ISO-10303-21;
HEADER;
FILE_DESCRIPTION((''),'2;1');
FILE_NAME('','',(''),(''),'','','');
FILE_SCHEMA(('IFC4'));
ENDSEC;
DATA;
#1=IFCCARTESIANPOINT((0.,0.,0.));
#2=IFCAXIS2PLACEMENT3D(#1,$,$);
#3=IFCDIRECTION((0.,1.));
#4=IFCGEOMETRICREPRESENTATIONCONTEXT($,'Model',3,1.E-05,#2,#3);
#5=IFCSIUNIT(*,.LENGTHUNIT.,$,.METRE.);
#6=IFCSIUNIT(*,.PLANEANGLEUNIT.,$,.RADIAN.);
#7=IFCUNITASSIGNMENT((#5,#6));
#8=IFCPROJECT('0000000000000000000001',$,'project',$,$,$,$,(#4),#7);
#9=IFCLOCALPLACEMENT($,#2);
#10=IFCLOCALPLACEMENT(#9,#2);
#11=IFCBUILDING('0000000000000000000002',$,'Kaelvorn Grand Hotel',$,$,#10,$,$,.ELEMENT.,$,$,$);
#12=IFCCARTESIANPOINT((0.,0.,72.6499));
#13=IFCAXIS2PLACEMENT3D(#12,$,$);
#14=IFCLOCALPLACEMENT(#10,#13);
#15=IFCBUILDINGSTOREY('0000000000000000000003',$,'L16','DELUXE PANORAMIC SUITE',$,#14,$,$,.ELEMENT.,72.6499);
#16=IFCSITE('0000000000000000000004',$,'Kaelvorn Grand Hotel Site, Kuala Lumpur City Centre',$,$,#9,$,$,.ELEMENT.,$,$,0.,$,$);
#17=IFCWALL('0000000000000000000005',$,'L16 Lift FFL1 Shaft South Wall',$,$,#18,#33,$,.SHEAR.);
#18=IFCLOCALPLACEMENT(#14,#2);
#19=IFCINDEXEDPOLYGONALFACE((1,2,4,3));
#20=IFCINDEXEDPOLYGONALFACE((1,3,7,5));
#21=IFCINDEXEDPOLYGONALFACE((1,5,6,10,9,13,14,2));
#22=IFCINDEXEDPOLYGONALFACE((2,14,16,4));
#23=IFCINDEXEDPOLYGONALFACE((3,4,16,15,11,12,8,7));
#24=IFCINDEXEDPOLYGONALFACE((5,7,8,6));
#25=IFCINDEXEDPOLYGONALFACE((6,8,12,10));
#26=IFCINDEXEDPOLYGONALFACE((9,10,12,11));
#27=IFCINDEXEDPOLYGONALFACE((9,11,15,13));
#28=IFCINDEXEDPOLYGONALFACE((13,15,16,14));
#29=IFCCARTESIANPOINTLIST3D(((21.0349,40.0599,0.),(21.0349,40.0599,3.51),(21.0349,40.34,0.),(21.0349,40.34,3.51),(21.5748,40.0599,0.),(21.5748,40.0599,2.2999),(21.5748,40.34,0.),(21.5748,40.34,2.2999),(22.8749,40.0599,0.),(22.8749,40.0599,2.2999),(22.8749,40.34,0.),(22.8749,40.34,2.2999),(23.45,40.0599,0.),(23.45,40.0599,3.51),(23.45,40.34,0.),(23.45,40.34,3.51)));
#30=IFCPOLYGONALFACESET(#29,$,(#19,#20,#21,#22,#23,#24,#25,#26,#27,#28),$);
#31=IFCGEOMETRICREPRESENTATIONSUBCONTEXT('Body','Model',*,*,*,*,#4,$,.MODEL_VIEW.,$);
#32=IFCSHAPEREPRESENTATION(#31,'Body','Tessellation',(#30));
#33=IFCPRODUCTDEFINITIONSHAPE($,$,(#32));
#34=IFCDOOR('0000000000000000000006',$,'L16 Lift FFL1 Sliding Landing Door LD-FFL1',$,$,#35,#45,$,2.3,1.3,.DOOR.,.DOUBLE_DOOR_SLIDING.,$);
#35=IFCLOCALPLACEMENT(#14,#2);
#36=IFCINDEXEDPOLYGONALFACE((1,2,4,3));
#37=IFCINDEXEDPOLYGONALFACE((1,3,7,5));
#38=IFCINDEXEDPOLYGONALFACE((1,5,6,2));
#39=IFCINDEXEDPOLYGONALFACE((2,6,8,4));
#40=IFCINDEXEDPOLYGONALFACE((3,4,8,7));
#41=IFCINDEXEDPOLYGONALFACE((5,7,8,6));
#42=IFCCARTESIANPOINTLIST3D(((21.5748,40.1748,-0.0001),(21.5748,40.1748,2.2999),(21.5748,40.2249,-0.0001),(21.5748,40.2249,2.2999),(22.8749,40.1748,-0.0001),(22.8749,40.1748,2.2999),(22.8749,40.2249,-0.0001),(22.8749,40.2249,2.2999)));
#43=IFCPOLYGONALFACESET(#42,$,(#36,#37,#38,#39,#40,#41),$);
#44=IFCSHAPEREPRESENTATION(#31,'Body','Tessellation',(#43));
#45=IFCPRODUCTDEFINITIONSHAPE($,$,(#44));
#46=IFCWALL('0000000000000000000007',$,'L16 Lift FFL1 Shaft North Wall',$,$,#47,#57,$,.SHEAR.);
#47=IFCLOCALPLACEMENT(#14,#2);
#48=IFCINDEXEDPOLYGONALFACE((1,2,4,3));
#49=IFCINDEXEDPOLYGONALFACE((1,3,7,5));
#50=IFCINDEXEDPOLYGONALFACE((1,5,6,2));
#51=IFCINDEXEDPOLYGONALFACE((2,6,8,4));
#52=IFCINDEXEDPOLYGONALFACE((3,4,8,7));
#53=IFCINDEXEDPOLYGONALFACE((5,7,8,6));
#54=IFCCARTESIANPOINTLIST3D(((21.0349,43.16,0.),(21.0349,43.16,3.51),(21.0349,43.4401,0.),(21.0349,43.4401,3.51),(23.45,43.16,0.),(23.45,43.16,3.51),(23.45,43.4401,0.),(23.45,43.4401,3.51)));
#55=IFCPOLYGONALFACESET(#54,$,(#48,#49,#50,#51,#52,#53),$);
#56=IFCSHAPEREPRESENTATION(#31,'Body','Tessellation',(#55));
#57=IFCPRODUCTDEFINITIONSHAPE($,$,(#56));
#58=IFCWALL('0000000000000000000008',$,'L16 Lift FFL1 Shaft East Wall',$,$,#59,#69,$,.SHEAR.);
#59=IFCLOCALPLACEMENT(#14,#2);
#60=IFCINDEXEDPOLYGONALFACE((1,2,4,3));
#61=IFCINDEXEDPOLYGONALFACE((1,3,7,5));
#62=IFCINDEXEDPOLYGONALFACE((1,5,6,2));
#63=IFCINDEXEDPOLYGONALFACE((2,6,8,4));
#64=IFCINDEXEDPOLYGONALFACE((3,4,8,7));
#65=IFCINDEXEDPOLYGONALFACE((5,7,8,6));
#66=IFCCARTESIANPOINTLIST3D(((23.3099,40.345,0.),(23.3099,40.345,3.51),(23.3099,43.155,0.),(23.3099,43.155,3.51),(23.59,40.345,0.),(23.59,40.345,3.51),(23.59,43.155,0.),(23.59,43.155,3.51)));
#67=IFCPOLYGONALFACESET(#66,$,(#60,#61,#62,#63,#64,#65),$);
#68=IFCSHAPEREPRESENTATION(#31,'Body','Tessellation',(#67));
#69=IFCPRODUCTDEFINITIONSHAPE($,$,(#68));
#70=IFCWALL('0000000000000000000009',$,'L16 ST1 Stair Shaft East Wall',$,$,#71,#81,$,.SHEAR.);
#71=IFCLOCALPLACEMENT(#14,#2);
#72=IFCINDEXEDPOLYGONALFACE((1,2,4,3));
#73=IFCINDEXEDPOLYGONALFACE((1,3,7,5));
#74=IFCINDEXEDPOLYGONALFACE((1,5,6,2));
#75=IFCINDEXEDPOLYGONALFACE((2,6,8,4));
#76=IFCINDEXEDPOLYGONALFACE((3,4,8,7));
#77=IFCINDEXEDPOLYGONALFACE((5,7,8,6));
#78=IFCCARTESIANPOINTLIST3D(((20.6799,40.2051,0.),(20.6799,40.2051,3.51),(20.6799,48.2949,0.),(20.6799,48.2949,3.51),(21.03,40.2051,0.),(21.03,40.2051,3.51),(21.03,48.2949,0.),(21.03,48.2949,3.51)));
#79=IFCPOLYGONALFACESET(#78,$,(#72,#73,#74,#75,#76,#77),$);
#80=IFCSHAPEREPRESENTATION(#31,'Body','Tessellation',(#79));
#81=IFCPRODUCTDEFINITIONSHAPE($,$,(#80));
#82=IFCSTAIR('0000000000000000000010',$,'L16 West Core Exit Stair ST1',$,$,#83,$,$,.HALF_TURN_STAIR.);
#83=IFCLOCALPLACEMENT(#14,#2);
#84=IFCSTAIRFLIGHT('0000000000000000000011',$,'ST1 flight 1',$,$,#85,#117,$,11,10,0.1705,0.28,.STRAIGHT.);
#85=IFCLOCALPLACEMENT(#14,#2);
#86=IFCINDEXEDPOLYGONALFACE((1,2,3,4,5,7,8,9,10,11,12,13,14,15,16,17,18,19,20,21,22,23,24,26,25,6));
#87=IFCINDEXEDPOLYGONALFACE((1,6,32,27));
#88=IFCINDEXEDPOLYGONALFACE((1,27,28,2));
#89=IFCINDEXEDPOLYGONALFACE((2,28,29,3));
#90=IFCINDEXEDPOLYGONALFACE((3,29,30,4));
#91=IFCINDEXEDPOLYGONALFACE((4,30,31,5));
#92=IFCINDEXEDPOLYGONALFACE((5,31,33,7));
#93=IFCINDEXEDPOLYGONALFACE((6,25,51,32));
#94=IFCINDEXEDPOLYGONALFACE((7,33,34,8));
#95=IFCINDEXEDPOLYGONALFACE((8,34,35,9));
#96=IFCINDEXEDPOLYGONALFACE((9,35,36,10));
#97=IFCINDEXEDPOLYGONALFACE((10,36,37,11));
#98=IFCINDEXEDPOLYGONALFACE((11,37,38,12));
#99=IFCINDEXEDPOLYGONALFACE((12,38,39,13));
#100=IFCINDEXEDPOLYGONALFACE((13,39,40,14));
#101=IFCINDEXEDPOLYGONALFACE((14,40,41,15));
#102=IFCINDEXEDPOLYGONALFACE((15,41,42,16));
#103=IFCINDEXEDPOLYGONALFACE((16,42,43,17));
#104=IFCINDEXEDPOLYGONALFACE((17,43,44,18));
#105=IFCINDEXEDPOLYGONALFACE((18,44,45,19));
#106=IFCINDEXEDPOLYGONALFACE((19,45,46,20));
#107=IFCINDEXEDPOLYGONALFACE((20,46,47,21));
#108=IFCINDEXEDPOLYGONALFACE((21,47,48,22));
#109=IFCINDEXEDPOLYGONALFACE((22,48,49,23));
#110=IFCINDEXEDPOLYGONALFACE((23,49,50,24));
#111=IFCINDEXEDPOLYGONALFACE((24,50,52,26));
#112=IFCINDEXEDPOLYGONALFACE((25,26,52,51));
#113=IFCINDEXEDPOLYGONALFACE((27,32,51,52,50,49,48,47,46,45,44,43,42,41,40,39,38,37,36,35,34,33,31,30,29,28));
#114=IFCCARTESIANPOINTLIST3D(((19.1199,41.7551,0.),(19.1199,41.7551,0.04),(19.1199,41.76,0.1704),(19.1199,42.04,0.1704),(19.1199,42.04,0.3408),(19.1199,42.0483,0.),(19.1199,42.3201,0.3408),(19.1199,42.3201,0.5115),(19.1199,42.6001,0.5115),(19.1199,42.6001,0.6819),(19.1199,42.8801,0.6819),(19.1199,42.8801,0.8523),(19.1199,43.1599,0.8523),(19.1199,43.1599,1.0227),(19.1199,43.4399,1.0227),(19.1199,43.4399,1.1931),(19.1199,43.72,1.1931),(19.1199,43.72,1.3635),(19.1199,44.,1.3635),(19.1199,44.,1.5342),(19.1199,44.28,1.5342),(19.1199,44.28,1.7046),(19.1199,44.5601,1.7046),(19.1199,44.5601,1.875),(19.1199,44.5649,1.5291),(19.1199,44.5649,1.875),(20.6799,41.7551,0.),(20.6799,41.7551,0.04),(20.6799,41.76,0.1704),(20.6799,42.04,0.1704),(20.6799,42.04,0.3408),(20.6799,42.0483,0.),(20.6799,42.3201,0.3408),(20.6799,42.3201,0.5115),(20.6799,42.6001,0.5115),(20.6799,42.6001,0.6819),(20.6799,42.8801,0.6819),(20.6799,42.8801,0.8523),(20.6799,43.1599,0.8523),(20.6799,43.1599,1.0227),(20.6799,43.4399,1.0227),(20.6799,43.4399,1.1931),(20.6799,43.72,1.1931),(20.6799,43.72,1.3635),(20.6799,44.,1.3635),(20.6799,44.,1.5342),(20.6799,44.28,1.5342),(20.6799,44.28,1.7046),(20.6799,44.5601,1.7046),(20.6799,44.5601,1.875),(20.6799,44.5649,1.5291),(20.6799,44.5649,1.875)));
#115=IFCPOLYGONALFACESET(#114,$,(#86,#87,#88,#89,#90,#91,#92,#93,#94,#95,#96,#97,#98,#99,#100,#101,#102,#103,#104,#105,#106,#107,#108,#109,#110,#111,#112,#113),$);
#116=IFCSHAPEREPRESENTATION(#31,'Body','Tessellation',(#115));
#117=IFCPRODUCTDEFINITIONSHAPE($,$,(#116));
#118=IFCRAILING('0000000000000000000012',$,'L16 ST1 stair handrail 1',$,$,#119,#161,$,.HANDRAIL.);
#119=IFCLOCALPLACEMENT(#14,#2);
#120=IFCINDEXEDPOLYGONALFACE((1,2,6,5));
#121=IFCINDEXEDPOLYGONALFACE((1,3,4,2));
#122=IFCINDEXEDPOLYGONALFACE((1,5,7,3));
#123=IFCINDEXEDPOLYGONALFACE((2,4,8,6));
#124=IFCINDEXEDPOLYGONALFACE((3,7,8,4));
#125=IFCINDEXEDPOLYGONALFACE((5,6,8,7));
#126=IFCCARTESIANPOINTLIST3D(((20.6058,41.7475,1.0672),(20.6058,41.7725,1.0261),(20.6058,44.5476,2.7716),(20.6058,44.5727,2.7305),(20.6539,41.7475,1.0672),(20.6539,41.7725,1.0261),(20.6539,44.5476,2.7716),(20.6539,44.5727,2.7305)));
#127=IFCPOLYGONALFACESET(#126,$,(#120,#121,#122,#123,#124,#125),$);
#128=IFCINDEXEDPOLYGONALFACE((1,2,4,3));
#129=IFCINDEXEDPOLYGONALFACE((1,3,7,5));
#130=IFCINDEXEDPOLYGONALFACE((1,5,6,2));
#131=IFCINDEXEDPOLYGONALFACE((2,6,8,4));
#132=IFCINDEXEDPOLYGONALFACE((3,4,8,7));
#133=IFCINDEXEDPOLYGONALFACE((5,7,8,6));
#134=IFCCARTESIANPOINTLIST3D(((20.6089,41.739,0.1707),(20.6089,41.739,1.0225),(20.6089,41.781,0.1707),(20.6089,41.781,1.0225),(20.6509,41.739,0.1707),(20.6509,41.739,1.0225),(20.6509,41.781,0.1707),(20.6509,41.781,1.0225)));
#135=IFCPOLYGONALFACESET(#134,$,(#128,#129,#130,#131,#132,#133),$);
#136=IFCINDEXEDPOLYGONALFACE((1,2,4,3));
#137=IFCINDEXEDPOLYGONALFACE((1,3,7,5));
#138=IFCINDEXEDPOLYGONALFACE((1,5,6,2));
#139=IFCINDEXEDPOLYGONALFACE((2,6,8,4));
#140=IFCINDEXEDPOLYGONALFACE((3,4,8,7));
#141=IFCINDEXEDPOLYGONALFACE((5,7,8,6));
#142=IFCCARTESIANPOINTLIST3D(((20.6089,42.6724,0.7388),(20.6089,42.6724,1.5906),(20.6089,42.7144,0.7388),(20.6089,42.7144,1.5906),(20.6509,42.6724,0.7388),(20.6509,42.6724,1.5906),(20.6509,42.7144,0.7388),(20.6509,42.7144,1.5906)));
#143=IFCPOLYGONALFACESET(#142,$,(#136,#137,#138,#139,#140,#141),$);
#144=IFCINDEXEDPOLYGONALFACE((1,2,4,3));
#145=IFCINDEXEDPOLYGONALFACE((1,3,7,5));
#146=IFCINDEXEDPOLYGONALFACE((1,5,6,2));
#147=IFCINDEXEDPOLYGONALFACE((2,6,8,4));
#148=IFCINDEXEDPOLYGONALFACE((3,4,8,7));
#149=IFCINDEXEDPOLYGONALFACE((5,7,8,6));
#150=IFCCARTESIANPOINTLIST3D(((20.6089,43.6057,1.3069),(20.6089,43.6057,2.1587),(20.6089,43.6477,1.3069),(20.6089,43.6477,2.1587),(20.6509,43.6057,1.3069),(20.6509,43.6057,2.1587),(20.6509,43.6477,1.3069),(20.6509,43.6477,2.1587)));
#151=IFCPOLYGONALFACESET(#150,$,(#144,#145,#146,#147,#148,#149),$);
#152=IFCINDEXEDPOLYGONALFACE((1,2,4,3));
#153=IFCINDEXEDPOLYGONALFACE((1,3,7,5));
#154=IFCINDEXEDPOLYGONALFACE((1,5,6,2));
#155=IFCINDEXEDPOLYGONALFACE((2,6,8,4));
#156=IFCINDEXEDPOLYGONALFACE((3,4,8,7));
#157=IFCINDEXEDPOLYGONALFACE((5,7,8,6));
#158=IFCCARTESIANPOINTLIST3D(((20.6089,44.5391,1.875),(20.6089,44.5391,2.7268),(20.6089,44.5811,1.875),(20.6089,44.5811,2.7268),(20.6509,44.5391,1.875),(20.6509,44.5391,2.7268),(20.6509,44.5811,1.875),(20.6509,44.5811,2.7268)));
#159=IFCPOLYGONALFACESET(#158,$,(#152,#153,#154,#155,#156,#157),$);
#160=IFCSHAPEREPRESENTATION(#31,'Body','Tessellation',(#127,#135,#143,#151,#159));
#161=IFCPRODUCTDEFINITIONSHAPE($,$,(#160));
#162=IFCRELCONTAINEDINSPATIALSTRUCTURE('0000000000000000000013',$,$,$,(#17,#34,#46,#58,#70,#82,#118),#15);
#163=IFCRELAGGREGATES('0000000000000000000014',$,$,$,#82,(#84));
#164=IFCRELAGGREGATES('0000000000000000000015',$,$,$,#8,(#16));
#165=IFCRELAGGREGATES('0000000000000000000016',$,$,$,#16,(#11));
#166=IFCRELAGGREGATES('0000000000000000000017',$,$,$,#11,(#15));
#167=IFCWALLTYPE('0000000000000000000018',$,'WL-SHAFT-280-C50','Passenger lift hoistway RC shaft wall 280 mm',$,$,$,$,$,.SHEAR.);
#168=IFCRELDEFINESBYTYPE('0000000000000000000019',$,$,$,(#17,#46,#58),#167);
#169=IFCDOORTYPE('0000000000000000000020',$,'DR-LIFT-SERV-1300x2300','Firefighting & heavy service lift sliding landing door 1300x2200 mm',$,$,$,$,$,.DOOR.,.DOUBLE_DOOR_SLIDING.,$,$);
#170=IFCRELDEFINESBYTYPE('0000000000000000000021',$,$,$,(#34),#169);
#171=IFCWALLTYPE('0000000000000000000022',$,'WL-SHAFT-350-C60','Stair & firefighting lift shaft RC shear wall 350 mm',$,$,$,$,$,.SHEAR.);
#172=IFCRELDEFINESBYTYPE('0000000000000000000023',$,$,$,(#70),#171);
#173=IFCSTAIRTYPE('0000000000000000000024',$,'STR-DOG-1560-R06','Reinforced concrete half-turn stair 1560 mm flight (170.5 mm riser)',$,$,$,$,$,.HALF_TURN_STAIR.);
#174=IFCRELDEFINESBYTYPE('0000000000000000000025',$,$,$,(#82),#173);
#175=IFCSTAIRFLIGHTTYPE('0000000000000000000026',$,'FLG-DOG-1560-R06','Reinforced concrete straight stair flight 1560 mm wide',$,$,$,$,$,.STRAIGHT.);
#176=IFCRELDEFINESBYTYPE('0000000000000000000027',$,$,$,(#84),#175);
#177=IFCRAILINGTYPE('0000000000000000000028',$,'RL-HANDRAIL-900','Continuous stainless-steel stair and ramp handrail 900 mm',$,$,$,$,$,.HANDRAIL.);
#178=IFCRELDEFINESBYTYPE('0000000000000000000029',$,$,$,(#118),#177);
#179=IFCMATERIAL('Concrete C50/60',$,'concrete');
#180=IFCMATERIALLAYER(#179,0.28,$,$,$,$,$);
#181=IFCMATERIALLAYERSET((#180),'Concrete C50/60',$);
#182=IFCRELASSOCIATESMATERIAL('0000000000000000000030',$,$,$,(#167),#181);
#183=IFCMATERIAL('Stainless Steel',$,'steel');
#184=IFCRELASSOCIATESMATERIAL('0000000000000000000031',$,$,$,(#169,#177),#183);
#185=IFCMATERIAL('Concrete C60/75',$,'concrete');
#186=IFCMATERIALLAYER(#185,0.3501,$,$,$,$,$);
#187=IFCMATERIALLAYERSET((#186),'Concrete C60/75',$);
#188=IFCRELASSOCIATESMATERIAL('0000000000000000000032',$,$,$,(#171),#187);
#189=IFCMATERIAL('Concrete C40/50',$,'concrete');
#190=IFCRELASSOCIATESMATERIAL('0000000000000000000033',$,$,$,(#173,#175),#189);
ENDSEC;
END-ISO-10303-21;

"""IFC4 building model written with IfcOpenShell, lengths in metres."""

from ifc_helpers import new_model, si_unit, direction, frame, frame_2d, origin, origin_2d, place, context, subcontext, project, spatial, polyline, rectangle, outline, extrude, material, layer, layer_set, type_object, element, fill, aggregate, save


model = new_model("IFC4")

# Units and contexts
model_context = context("Model", 3, precision=1e-05, world=origin(), true_north=direction((0.0, 1.0)))
body_context = subcontext(model_context, "Body", "Model", "MODEL_VIEW")
ifc_project = project(units=[si_unit("LENGTHUNIT", "METRE"), si_unit("PLANEANGLEUNIT", "RADIAN")], contexts=[model_context])

# Site, building, storey
site_placement = place(None, origin())
site = spatial("IfcSite", under=ifc_project, at=site_placement, Name="Kaelvorn Grand Hotel Site, Kuala Lumpur City Centre", CompositionType="ELEMENT", RefElevation=0.0)
building_placement = place(site_placement, origin())
building = spatial("IfcBuilding", under=site, at=building_placement, Name="Kaelvorn Grand Hotel", CompositionType="ELEMENT")
storey_placement = place(building_placement, frame((0.0, 0.0, 72.6499)))
storey = spatial("IfcBuildingStorey", under=building, at=storey_placement, Name="L16", Description="DELUXE PANORAMIC SUITE", CompositionType="ELEMENT", Elevation=72.6499)

# Shared definitions
ifc_material_1 = material(Name="Concrete C60/75", Category="concrete")

# Shared definitions
ifc_material_2 = material(Name="Concrete C40/50", Category="concrete")

# Shared definitions
ifc_material_3 = material(Name="Concrete C50/60", Category="concrete")
ifc_layer_1 = layer(ifc_material_3, 0.28)
ifc_layer_set_1 = layer_set([ifc_layer_1], Name="Concrete C50/60")
wall_type_1 = type_object("IfcWallType", Name="WL-SHAFT-280-C50", Description="Passenger lift hoistway RC shaft wall 280 mm", PredefinedType="SHEAR", material=ifc_layer_set_1)
ifc_material_4 = material(Name="Stainless Steel", Category="steel")

# Wall, opening, door
wall_1_placement = place(storey_placement, frame((21.0349, 40.2, 0.0), z_axis=(0.0, 0.0, 1.0), x_axis=(1.0, 0.0, 0.0)))
wall_1 = element("IfcWall", 1, at=wall_1_placement, inside=storey, type_object=wall_type_1, Name="L16 Lift FFL1 Shaft South Wall", PredefinedType="SHEAR", context=body_context, shape_type="SweptSolid", body=[
    extrude(rectangle(XDim=2.415, YDim=0.28, at=frame_2d((1.2075, 0.0))), origin(), (0.0, 0.0, 1.0), 3.51),
])
opening_1_placement = place(wall_1_placement, frame((0.54, 0.0, 0.0)))
opening_1 = element("IfcOpeningElement", 2, at=opening_1_placement, cuts=wall_1, PredefinedType="OPENING", context=body_context, shape_type="SweptSolid", body=[
    extrude(rectangle(XDim=1.3, YDim=2.3, at=frame_2d((0.6499, 1.1499))), frame((0.0, 0.1499, 0.0), z_axis=(0.0, -1.0, 0.0), x_axis=(1.0, 0.0, 0.0)), (0.0, 0.0, 1.0), 0.3),
])
door_type_1 = type_object("IfcDoorType", Name="DR-LIFT-SERV-1300x2300", Description="Firefighting & heavy service lift sliding landing door 1300x2200 mm", OperationType="DOUBLE_DOOR_SLIDING", PredefinedType="DOOR", material=ifc_material_4)
door_1_placement = place(opening_1_placement, origin())
door_1 = element("IfcDoor", 3, at=door_1_placement, inside=storey, type_object=door_type_1, Name="L16 Lift FFL1 Sliding Landing Door LD-FFL1", OperationType="DOUBLE_DOOR_SLIDING", OverallHeight=2.3, OverallWidth=1.3, PredefinedType="DOOR", context=body_context, shape_type="SweptSolid", body=[
    extrude(rectangle(XDim=1.3, YDim=2.3, at=frame_2d((0.6499, 1.1499))), frame((0.0, 0.0249, 0.0), z_axis=(0.0, -1.0, 0.0), x_axis=(1.0, 0.0, 0.0)), (0.0, 0.0, 1.0), 0.05),
])
fill(opening_1, door_1)

# Walls
wall_2_placement = place(storey_placement, frame((21.0349, 43.3, 0.0), z_axis=(0.0, 0.0, 1.0), x_axis=(1.0, 0.0, 0.0)))
element("IfcWall", 4, at=wall_2_placement, inside=storey, type_object=wall_type_1, Name="L16 Lift FFL1 Shaft North Wall", PredefinedType="SHEAR", context=body_context, shape_type="SweptSolid", body=[
    extrude(rectangle(XDim=2.415, YDim=0.28, at=frame_2d((1.2075, 0.0))), origin(), (0.0, 0.0, 1.0), 3.51),
])
wall_3_placement = place(storey_placement, frame((23.45, 40.345, 0.0), z_axis=(0.0, 0.0, 1.0), x_axis=(0.0, 1.0, 0.0)))
element("IfcWall", 5, at=wall_3_placement, inside=storey, type_object=wall_type_1, Name="L16 Lift FFL1 Shaft East Wall", PredefinedType="SHEAR", context=body_context, shape_type="SweptSolid", body=[
    extrude(rectangle(XDim=2.8101, YDim=0.28, at=frame_2d((1.405, 0.0))), origin(), (0.0, 0.0, 1.0), 3.51),
])
ifc_layer_2 = layer(ifc_material_1, 0.3501)
ifc_layer_set_2 = layer_set([ifc_layer_2], Name="Concrete C60/75")
wall_type_2 = type_object("IfcWallType", Name="WL-SHAFT-350-C60", Description="Stair & firefighting lift shaft RC shear wall 350 mm", PredefinedType="SHEAR", material=ifc_layer_set_2)
wall_4_placement = place(storey_placement, frame((20.855, 40.2051, 0.0), z_axis=(0.0, 0.0, 1.0), x_axis=(0.0, 1.0, 0.0)))
element("IfcWall", 6, at=wall_4_placement, inside=storey, type_object=wall_type_2, Name="L16 ST1 Stair Shaft East Wall", PredefinedType="SHEAR", context=body_context, shape_type="SweptSolid", body=[
    extrude(rectangle(XDim=8.0898, YDim=0.3501, at=frame_2d((4.0449, 0.0))), origin(), (0.0, 0.0, 1.0), 3.51),
])

# Stair, stair flight
stair_type = type_object("IfcStairType", Name="STR-DOG-1560-R06", Description="Reinforced concrete half-turn stair 1560 mm flight (170.5 mm riser)", PredefinedType="HALF_TURN_STAIR", material=ifc_material_2)
stair_placement = place(storey_placement, origin())
stair = element("IfcStair", 7, at=stair_placement, inside=storey, type_object=stair_type, Name="L16 West Core Exit Stair ST1", PredefinedType="HALF_TURN_STAIR")
stair_flight_type = type_object("IfcStairFlightType", Name="FLG-DOG-1560-R06", Description="Reinforced concrete straight stair flight 1560 mm wide", PredefinedType="STRAIGHT", material=ifc_material_2)
stair_flight_placement = place(storey_placement, frame((19.8999, 41.76, 0.0), z_axis=(0.0, 0.0, 1.0), x_axis=(0.0, 1.0, 0.0)))
stair_flight = element("IfcStairFlight", 8, at=stair_flight_placement, type_object=stair_flight_type, Name="ST1 flight 1", NumberOfRisers=11, NumberOfTreads=10, PredefinedType="STRAIGHT", RiserHeight=0.1705, TreadLength=0.28, context=body_context, shape_type="SweptSolid", body=[
    extrude(outline(polyline([(-0.0049, 0.0), (-0.0049, 0.04), (0.0, 0.1704), (0.28, 0.1704), (0.28, 0.3408), (0.5601, 0.3408), (0.5601, 0.5115), (0.8401, 0.5115), (0.8401, 0.6819), (1.1201, 0.6819), (1.1201, 0.8523), (1.3999, 0.8523), (1.3999, 1.0227), (1.6799, 1.0227), (1.6799, 1.1931), (1.96, 1.1931), (1.96, 1.3635), (2.24, 1.3635), (2.24, 1.5342), (2.52, 1.5342), (2.52, 1.7046), (2.8, 1.7046), (2.8, 1.875), (2.8049, 1.875), (2.8049, 1.5291), (0.2883, 0.0), (-0.0049, 0.0)])), frame((0.0, 0.78, 0.0), z_axis=(0.0, -1.0, 0.0), x_axis=(1.0, 0.0, 0.0)), (0.0, 0.0, 1.0), 1.5601),
])
aggregate(stair, [stair_flight])

# Railing
railing_type = type_object("IfcRailingType", Name="RL-HANDRAIL-900", Description="Continuous stainless-steel stair and ramp handrail 900 mm", PredefinedType="HANDRAIL", material=ifc_material_4)
railing_placement = place(storey_placement, frame((20.6299, 41.76, 0.1707)))
element("IfcRailing", 9, at=railing_placement, inside=storey, type_object=railing_type, Name="L16 ST1 stair handrail 1", PredefinedType="HANDRAIL", context=body_context, shape_type="SweptSolid", body=[
    extrude(rectangle(XDim=0.0481, YDim=0.0481, at=origin_2d()), frame((0.0, 0.0, 0.876), z_axis=(0.0, 0.854203, 0.51994), x_axis=(-1.0, 0.0, 0.0)), (0.0, 0.0, 1.0), 3.2781),
    extrude(rectangle(XDim=0.042, YDim=0.042, at=origin_2d()), origin(), (0.0, 0.0, 1.0), 0.8518),
    extrude(rectangle(XDim=0.042, YDim=0.042, at=origin_2d()), frame((0.0, 0.9333, 0.5681)), (0.0, 0.0, 1.0), 0.8518),
    extrude(rectangle(XDim=0.042, YDim=0.042, at=origin_2d()), frame((0.0, 1.8667, 1.1362)), (0.0, 0.0, 1.0), 0.8518),
    extrude(rectangle(XDim=0.042, YDim=0.042, at=origin_2d()), frame((0.0, 2.8, 1.7043)), (0.0, 0.0, 1.0), 0.8518),
])

save(model, "model.ifc")
